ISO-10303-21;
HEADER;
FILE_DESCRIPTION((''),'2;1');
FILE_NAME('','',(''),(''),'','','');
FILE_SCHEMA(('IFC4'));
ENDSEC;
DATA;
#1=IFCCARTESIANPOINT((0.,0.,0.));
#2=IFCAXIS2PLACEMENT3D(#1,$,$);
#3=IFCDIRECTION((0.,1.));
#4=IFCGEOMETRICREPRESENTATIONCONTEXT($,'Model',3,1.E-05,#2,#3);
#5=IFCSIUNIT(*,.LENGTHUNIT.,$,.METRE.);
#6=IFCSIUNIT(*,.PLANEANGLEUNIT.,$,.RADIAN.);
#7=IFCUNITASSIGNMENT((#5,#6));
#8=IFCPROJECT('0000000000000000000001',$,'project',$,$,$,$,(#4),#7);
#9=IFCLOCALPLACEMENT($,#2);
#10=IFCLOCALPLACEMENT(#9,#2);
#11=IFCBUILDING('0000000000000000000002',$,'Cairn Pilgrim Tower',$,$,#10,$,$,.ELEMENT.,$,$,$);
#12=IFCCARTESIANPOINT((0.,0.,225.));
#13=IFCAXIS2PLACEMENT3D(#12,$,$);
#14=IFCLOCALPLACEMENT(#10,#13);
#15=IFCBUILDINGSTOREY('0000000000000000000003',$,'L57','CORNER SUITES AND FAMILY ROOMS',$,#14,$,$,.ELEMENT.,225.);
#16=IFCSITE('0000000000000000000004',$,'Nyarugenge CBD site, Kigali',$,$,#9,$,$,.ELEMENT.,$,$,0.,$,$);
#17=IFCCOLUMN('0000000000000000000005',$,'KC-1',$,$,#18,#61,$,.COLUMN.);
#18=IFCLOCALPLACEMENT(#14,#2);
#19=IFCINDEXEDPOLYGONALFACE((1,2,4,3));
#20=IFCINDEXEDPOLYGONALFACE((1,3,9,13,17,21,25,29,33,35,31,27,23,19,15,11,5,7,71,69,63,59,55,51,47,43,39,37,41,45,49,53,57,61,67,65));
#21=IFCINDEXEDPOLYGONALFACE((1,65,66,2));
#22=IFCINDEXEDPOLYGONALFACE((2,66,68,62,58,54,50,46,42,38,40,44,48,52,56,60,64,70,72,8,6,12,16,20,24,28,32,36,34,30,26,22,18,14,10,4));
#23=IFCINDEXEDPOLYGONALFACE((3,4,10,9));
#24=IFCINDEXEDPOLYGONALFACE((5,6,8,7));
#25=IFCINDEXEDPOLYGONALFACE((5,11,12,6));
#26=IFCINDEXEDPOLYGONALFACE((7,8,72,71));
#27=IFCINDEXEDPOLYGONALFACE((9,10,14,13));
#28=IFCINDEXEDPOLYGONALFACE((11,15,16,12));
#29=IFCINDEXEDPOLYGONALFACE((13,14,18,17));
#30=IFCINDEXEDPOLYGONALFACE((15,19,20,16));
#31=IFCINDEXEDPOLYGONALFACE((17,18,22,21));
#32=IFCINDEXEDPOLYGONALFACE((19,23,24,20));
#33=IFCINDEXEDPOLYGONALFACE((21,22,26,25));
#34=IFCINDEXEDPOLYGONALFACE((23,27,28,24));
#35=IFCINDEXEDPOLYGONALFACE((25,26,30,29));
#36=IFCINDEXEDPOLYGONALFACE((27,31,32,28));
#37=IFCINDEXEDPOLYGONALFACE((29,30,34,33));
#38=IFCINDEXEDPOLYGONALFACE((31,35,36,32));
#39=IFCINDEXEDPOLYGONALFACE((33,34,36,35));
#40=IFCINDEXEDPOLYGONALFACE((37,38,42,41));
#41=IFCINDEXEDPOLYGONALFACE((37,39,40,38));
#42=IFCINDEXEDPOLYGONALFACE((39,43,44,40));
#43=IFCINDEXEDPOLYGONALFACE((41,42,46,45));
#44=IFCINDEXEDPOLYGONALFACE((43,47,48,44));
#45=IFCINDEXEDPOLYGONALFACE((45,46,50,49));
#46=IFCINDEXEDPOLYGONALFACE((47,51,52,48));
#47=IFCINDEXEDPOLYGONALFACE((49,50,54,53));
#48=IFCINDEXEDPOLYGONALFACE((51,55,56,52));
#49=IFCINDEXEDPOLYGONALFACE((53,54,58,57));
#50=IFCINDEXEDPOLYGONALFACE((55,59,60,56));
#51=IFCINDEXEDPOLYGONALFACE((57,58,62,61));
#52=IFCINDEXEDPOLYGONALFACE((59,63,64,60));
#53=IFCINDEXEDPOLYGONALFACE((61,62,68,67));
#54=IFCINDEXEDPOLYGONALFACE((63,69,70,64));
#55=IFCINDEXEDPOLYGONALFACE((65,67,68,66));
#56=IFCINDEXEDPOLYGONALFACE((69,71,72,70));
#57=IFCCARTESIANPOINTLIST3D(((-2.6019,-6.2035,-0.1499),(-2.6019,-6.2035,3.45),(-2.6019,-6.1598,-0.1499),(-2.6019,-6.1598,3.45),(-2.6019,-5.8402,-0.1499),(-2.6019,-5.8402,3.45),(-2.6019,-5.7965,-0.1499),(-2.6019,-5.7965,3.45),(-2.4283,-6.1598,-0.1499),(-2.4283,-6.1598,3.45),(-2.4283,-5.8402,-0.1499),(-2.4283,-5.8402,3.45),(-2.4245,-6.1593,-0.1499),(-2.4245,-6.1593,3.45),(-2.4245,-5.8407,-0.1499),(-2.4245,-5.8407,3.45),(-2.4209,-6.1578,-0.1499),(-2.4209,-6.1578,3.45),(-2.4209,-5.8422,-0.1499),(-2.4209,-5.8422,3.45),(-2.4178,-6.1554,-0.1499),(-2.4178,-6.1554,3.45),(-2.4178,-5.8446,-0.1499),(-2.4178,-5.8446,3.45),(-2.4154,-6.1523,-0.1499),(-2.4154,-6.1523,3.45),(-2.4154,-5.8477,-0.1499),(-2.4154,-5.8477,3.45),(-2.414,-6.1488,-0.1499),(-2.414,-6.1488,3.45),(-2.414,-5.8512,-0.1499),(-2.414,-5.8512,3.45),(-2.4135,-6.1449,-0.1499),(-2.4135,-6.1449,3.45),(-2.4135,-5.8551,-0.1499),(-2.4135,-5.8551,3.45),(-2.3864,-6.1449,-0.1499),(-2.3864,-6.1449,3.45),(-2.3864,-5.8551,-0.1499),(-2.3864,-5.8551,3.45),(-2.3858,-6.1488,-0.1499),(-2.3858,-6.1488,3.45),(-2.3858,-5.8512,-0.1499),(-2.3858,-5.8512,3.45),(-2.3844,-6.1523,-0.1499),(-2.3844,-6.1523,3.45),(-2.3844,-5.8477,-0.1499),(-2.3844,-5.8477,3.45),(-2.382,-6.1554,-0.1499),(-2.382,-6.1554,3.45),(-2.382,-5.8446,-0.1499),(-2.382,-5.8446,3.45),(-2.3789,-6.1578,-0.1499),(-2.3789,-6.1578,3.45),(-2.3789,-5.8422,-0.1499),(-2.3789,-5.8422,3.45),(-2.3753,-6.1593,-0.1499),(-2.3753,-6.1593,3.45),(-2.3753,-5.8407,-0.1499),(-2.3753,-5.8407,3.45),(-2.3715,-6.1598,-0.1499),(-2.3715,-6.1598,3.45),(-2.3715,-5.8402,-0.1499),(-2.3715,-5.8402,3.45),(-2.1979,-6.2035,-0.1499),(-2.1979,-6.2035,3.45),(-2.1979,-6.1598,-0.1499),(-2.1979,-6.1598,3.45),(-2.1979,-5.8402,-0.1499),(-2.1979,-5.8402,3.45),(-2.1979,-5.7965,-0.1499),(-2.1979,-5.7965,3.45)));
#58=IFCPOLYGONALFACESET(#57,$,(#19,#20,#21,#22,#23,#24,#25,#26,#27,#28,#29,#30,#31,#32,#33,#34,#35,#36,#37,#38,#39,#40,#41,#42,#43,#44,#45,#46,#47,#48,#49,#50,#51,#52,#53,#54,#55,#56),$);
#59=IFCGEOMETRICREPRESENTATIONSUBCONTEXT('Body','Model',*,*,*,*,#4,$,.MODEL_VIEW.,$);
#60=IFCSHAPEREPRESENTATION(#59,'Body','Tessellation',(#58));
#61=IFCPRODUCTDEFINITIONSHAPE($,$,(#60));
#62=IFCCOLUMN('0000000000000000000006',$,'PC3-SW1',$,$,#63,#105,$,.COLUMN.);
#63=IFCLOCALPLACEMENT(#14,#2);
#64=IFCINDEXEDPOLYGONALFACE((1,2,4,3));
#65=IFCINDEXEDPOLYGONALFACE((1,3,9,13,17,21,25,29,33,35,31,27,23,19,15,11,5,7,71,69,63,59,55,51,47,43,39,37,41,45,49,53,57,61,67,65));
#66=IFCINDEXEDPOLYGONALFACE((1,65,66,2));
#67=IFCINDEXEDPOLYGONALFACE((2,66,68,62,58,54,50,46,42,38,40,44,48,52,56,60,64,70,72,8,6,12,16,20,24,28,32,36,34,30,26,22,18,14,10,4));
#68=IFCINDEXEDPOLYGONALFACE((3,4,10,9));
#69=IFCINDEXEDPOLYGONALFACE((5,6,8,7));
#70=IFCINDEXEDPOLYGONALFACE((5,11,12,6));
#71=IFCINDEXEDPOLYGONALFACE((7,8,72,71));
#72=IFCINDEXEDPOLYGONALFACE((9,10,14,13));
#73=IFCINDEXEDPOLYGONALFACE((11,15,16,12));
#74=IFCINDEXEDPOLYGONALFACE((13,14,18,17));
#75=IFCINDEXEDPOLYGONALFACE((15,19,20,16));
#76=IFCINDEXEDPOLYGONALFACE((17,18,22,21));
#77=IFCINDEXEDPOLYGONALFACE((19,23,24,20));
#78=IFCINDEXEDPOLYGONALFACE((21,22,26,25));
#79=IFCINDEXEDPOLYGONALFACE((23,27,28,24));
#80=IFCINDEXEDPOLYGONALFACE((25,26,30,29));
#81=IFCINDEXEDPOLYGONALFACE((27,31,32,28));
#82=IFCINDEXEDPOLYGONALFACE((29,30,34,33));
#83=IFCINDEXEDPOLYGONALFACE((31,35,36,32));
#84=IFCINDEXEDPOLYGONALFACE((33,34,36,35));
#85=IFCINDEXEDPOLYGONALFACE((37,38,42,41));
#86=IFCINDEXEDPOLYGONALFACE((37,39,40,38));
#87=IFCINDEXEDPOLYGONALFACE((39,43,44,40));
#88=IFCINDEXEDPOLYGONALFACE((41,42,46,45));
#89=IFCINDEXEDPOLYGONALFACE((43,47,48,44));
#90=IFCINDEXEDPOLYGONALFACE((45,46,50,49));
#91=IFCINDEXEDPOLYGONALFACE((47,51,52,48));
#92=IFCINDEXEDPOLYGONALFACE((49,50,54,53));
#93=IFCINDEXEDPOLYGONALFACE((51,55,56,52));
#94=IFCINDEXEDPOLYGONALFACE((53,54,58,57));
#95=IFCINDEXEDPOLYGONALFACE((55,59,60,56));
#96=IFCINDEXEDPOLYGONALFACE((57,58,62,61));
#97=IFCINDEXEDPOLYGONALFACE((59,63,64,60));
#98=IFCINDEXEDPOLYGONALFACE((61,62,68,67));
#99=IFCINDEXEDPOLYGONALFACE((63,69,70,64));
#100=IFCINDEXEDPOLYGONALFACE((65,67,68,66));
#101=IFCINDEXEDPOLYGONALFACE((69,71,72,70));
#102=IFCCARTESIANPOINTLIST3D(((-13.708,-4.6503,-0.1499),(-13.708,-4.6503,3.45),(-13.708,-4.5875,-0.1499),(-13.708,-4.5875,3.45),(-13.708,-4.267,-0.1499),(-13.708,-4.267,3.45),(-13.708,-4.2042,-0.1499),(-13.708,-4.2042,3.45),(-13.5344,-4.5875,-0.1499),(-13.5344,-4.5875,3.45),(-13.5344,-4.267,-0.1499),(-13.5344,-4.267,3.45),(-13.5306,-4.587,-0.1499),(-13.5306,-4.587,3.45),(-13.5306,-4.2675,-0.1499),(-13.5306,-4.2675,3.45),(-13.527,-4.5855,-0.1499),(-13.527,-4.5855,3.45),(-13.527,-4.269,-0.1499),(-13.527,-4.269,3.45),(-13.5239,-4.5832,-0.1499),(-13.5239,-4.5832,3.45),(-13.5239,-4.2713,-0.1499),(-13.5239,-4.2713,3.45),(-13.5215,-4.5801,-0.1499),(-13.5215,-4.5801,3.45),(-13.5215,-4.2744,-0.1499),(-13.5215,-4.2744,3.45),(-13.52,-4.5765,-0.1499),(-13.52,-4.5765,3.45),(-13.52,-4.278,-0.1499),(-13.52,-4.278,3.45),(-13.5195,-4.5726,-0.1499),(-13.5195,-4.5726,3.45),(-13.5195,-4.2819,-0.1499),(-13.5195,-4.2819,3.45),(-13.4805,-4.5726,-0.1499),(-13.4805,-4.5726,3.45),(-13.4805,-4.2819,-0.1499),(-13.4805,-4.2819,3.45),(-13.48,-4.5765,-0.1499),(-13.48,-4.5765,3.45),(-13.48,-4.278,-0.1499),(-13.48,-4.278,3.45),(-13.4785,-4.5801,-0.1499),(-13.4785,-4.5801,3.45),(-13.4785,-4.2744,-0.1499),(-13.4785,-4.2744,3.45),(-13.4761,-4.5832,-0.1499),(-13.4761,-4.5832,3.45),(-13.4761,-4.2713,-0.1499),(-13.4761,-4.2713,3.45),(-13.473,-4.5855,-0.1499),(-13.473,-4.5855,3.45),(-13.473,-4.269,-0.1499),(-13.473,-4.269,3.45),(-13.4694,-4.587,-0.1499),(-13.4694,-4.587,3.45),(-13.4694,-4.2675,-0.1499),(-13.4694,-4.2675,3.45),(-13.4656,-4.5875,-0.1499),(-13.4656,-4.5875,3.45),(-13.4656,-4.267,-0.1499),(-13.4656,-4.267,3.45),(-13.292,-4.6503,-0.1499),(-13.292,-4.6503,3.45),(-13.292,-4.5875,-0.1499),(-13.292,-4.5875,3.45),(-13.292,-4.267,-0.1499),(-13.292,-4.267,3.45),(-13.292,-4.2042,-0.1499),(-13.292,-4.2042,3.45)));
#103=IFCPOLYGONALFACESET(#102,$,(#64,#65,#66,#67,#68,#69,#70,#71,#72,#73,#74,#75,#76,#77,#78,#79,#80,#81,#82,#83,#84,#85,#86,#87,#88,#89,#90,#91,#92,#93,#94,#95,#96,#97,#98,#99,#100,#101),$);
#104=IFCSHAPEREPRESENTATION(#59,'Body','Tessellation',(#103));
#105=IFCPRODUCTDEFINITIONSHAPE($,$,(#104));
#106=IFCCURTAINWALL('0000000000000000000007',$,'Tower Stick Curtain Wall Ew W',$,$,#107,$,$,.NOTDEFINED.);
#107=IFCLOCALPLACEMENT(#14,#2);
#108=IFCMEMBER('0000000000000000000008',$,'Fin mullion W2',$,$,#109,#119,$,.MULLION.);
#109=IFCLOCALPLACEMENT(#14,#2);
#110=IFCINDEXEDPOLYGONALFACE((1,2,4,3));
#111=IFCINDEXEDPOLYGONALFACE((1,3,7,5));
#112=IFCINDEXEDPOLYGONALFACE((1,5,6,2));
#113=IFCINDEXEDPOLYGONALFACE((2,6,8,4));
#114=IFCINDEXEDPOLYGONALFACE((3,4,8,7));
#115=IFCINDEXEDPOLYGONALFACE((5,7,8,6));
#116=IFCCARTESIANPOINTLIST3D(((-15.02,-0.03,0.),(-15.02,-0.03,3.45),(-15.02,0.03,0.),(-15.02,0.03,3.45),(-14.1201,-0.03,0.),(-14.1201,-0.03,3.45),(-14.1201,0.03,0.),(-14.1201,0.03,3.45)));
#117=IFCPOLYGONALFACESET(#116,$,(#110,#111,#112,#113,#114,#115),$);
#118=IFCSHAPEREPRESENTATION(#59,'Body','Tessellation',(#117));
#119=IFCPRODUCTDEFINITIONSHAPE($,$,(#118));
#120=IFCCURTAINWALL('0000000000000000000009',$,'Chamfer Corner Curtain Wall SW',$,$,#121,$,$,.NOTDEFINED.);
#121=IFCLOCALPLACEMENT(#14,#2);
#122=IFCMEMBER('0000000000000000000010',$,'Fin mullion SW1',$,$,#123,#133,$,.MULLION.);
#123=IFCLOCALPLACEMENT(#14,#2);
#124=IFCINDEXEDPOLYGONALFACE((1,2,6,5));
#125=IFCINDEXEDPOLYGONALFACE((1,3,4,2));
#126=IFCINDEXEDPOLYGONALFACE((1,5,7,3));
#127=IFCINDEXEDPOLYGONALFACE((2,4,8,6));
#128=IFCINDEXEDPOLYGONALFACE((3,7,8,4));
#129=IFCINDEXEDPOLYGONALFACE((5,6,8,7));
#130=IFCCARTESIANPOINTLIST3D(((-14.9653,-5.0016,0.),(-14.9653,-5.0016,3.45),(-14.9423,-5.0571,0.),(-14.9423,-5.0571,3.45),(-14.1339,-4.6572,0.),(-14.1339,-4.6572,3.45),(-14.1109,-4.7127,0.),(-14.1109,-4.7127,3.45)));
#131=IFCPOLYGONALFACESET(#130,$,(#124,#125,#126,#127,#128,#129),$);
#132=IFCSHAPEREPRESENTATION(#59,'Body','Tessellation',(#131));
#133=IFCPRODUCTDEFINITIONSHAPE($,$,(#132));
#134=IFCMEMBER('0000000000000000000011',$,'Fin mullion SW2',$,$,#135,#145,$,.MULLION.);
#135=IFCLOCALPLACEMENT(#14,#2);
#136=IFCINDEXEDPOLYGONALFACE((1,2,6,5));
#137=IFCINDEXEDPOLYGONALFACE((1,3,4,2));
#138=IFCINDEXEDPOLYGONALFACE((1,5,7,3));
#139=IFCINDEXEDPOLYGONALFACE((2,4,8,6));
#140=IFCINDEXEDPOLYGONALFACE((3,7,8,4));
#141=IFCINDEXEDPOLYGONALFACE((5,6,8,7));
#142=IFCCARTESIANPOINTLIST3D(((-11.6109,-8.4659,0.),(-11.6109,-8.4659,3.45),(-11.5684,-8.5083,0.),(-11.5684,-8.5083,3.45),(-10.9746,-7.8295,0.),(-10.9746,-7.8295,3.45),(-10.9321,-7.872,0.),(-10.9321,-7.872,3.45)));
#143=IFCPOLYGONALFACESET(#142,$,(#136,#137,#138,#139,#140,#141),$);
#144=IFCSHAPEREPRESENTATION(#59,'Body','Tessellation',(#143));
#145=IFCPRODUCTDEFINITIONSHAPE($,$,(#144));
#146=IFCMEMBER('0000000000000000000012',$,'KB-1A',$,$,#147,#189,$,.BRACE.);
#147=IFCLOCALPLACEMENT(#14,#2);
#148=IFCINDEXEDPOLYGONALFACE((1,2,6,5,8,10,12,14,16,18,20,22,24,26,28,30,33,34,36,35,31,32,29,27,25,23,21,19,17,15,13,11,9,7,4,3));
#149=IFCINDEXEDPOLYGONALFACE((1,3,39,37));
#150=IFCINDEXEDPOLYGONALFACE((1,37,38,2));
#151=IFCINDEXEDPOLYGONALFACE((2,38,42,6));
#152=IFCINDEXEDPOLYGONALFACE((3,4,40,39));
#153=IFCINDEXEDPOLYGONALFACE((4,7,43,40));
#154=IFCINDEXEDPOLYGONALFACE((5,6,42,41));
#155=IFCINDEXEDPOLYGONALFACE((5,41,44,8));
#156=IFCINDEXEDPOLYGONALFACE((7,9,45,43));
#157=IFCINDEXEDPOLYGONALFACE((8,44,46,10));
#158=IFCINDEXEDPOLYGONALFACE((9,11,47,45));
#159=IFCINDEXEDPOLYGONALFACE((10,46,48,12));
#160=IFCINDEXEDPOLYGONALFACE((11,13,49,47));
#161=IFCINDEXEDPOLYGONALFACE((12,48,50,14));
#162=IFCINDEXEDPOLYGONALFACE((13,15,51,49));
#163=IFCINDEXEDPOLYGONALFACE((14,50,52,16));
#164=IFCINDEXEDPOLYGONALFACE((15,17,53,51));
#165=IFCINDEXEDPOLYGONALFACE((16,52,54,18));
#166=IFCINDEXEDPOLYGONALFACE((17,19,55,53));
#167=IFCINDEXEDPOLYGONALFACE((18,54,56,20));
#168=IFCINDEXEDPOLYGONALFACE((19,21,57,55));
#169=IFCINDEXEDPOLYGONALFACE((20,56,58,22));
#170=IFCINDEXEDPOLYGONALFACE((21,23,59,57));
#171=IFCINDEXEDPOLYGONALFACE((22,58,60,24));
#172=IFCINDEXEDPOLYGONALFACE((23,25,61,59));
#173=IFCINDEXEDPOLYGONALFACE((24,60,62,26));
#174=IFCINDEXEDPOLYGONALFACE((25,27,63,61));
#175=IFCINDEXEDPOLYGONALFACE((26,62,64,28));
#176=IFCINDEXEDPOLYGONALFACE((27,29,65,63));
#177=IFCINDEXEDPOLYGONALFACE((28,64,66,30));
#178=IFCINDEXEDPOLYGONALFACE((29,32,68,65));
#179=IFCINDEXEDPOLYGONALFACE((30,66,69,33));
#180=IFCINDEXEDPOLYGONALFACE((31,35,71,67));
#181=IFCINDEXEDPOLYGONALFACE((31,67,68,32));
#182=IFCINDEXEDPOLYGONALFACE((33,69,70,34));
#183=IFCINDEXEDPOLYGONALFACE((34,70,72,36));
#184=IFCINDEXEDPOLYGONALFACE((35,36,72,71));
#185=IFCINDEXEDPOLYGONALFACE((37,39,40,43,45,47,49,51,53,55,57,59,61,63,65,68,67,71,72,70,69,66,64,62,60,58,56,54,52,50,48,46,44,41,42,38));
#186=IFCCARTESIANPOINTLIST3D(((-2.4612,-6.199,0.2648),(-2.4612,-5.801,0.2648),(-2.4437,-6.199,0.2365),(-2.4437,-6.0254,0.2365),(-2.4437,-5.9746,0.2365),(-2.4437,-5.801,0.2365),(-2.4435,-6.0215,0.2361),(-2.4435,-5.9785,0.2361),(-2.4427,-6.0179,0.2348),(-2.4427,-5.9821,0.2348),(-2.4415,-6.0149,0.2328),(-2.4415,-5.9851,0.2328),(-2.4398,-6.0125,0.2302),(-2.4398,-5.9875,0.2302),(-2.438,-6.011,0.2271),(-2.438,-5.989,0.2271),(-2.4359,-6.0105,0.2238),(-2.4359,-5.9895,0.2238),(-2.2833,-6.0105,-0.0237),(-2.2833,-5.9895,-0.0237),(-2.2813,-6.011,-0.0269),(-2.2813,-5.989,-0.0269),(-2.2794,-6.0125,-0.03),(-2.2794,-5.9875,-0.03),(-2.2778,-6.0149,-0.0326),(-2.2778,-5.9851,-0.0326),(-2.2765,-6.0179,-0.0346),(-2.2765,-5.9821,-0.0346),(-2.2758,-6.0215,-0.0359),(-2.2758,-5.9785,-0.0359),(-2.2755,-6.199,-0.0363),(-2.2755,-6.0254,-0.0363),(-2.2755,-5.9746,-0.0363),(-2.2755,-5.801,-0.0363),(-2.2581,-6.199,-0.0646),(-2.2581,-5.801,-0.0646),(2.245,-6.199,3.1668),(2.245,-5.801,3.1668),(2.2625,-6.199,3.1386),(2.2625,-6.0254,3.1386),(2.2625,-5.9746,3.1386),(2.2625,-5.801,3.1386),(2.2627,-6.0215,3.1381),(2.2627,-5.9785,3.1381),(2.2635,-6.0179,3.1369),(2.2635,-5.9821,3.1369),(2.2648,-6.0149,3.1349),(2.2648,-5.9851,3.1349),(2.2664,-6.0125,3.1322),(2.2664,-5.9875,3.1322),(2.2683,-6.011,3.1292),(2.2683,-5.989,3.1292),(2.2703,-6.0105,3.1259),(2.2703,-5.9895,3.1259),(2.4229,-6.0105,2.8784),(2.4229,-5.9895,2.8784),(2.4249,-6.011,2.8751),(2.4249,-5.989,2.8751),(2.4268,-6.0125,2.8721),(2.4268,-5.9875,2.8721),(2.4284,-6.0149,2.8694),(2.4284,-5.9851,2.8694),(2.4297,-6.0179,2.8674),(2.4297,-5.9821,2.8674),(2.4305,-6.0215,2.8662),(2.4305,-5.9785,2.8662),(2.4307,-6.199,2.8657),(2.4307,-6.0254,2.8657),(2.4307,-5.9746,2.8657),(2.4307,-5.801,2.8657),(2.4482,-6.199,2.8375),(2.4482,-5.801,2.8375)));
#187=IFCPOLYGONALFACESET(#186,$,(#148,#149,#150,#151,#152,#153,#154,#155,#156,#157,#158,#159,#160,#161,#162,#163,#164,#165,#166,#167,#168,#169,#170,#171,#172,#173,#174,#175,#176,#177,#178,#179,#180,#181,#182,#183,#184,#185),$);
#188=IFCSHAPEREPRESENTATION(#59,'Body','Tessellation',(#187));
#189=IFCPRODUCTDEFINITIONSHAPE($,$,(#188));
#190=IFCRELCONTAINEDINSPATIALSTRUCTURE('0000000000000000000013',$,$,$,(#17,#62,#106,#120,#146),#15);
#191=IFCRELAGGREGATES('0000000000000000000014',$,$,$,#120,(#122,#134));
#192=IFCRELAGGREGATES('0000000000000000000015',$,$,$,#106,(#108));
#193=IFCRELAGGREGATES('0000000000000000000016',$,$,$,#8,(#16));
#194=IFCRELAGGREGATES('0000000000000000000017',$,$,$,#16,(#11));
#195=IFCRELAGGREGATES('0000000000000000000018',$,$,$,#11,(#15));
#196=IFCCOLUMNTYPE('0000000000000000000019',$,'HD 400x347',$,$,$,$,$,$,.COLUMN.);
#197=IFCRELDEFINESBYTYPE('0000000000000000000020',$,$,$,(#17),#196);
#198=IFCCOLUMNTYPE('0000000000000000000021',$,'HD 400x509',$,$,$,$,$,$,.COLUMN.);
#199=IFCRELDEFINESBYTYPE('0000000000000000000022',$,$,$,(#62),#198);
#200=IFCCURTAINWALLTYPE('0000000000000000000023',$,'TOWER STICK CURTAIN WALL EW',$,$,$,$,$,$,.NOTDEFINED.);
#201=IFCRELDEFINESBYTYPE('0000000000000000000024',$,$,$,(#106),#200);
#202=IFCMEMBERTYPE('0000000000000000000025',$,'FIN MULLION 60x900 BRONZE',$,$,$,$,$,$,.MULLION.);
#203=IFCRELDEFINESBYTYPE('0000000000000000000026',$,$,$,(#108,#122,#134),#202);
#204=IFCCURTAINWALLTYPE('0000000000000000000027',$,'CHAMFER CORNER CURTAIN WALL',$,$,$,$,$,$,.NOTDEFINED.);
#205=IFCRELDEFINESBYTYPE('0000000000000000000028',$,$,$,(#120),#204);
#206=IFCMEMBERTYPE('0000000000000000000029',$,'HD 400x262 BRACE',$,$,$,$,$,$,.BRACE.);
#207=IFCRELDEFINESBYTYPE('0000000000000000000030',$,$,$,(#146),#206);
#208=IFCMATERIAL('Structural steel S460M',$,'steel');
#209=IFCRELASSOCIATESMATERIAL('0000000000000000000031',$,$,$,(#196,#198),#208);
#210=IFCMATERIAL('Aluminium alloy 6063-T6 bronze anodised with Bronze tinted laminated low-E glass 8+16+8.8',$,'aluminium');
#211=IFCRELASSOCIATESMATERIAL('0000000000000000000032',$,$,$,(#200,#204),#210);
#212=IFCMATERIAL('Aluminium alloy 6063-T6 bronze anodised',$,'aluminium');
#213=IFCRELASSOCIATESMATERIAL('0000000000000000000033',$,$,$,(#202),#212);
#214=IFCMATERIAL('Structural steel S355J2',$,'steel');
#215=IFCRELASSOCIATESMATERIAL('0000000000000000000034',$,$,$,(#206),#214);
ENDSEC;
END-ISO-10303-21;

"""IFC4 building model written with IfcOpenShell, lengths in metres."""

from ifc_helpers import new_model, si_unit, direction, frame, origin, origin_2d, place, context, subcontext, project, spatial, rectangle, i_section, extrude, material, material_profile, profile_set, type_object, element, aggregate, save


model = new_model("IFC4")

# Units and contexts
model_context = context("Model", 3, precision=1e-05, world=origin(), true_north=direction((0.0, 1.0)))
body_context = subcontext(model_context, "Body", "Model", "MODEL_VIEW")
ifc_project = project(units=[si_unit("LENGTHUNIT", "METRE"), si_unit("PLANEANGLEUNIT", "RADIAN")], contexts=[model_context])

# Site, building, storey
site_placement = place(None, origin())
site = spatial("IfcSite", under=ifc_project, at=site_placement, Name="Nyarugenge CBD site, Kigali", CompositionType="ELEMENT", RefElevation=0.0)
building_placement = place(site_placement, origin())
building = spatial("IfcBuilding", under=site, at=building_placement, Name="Cairn Pilgrim Tower", CompositionType="ELEMENT")
storey_placement = place(building_placement, frame((0.0, 0.0, 225.0)))
storey = spatial("IfcBuildingStorey", under=building, at=storey_placement, Name="L57", Description="CORNER SUITES AND FAMILY ROOMS", CompositionType="ELEMENT", Elevation=225.0)

# Columns
ifc_material_1 = material(Name="Structural steel S460M", Category="steel")
ifc_material_profile_1 = material_profile(ifc_material_1, i_section(OverallWidth=0.4041, OverallDepth=0.407, WebThickness=0.0271, FlangeThickness=0.0437, FilletRadius=0.0149, at=origin_2d()), Name="HD 400x347")
ifc_profile_set_1 = profile_set([ifc_material_profile_1], Name="Structural steel S460M")
column_type_1 = type_object("IfcColumnType", Name="HD 400x347", PredefinedType="COLUMN", material=ifc_profile_set_1)
column_1_placement = place(storey_placement, frame((-2.3999, -6.0, -0.1499), z_axis=(0.0, 0.0, 1.0), x_axis=(1.0, 0.0, 0.0)))
element("IfcColumn", 1, at=column_1_placement, inside=storey, type_object=column_type_1, Name="KC-1", PredefinedType="COLUMN", context=body_context, shape_type="SweptSolid", body=[
    extrude(i_section(OverallWidth=0.4041, OverallDepth=0.407, WebThickness=0.0271, FlangeThickness=0.0437, FilletRadius=0.0149, at=origin_2d()), origin(), (0.0, 0.0, 1.0), 3.5999),
])
ifc_material_profile_2 = material_profile(ifc_material_1, i_section(OverallWidth=0.416, OverallDepth=0.446, WebThickness=0.0391, FlangeThickness=0.0627, FilletRadius=0.0149, at=origin_2d()), Name="HD 400x509")
ifc_profile_set_2 = profile_set([ifc_material_profile_2], Name="Structural steel S460M")
column_type_2 = type_object("IfcColumnType", Name="HD 400x509", PredefinedType="COLUMN", material=ifc_profile_set_2)
column_2_placement = place(storey_placement, frame((-13.5, -4.4272, -0.1499), z_axis=(0.0, 0.0, 1.0), x_axis=(1.0, 0.0, 0.0)))
element("IfcColumn", 2, at=column_2_placement, inside=storey, type_object=column_type_2, Name="PC3-SW1", PredefinedType="COLUMN", context=body_context, shape_type="SweptSolid", body=[
    extrude(i_section(OverallWidth=0.416, OverallDepth=0.446, WebThickness=0.0391, FlangeThickness=0.0627, FilletRadius=0.0149, at=origin_2d()), origin(), (0.0, 0.0, 1.0), 3.5999),
])

# Curtain wall, member
ifc_material_2 = material(Name="Aluminium alloy 6063-T6 bronze anodised with Bronze tinted laminated low-E glass 8+16+8.8", Category="aluminium")
curtain_wall_type_1 = type_object("IfcCurtainWallType", Name="TOWER STICK CURTAIN WALL EW", PredefinedType="NOTDEFINED", material=ifc_material_2)
curtain_wall_1_placement = place(storey_placement, origin())
curtain_wall_1 = element("IfcCurtainWall", 3, at=curtain_wall_1_placement, inside=storey, type_object=curtain_wall_type_1, Name="Tower Stick Curtain Wall Ew W", PredefinedType="NOTDEFINED")
ifc_material_3 = material(Name="Aluminium alloy 6063-T6 bronze anodised", Category="aluminium")
ifc_material_profile_3 = material_profile(ifc_material_3, rectangle(XDim=0.8999, YDim=0.0601, at=origin_2d()), Name="FIN MULLION 60x900 BRONZE")
ifc_profile_set_3 = profile_set([ifc_material_profile_3], Name="Aluminium alloy 6063-T6 bronze anodised")
member_type_1 = type_object("IfcMemberType", Name="FIN MULLION 60x900 BRONZE", PredefinedType="MULLION", material=ifc_profile_set_3)
member_1_placement = place(storey_placement, frame((-14.5701, 0.0, 0.0), z_axis=(0.0, 0.0, 1.0), x_axis=(-1.0, 0.0, 0.0)))
member_1 = element("IfcMember", 4, at=member_1_placement, type_object=member_type_1, Name="Fin mullion W2", PredefinedType="MULLION", context=body_context, shape_type="SweptSolid", body=[
    extrude(rectangle(XDim=0.8999, YDim=0.0601, at=origin_2d()), origin(), (0.0, 0.0, 1.0), 3.45),
])

# Curtain wall, members
curtain_wall_type_2 = type_object("IfcCurtainWallType", Name="CHAMFER CORNER CURTAIN WALL", PredefinedType="NOTDEFINED", material=ifc_material_2)
curtain_wall_2_placement = place(storey_placement, origin())
curtain_wall_2 = element("IfcCurtainWall", 5, at=curtain_wall_2_placement, inside=storey, type_object=curtain_wall_type_2, Name="Chamfer Corner Curtain Wall SW", PredefinedType="NOTDEFINED")
member_2_placement = place(storey_placement, frame((-14.5381, -4.8572, 0.0), z_axis=(0.0, 0.0, 1.0), x_axis=(-0.92388, -0.382683, 0.0)))
member_2 = element("IfcMember", 6, at=member_2_placement, type_object=member_type_1, Name="Fin mullion SW1", PredefinedType="MULLION", context=body_context, shape_type="SweptSolid", body=[
    extrude(rectangle(XDim=0.8999, YDim=0.0601, at=origin_2d()), origin(), (0.0, 0.0, 1.0), 3.45),
])
member_3_placement = place(storey_placement, frame((-11.2715, -8.1689, 0.0), z_axis=(0.0, 0.0, 1.0), x_axis=(-0.707107, -0.707107, 0.0)))
member_3 = element("IfcMember", 7, at=member_3_placement, type_object=member_type_1, Name="Fin mullion SW2", PredefinedType="MULLION", context=body_context, shape_type="SweptSolid", body=[
    extrude(rectangle(XDim=0.8999, YDim=0.0601, at=origin_2d()), origin(), (0.0, 0.0, 1.0), 3.45),
])

# Member
ifc_material_4 = material(Name="Structural steel S355J2", Category="steel")
ifc_material_profile_4 = material_profile(ifc_material_4, i_section(OverallWidth=0.3979, OverallDepth=0.387, WebThickness=0.021, FlangeThickness=0.0332, FilletRadius=0.0149, at=origin_2d()), Name="HD 400x262")
ifc_profile_set_4 = profile_set([ifc_material_profile_4], Name="Structural steel S355J2")
member_type_2 = type_object("IfcMemberType", Name="HD 400x262 BRACE", PredefinedType="BRACE", material=ifc_profile_set_4)
member_4_placement = place(storey_placement, frame((-2.3596, -6.0, 0.1001), z_axis=(0.85118, 0.0, 0.524873), x_axis=(0.0, 1.0, 0.0)))
element("IfcMember", 8, at=member_4_placement, inside=storey, type_object=member_type_2, Name="KB-1A", PredefinedType="BRACE", context=body_context, shape_type="SweptSolid", body=[
    extrude(i_section(OverallWidth=0.3979, OverallDepth=0.387, WebThickness=0.021, FlangeThickness=0.0332, FilletRadius=0.0149, at=origin_2d()), origin(), (0.0, 0.0, 1.0), 5.5291),
])

aggregate(curtain_wall_2, [member_2, member_3])
aggregate(curtain_wall_1, [member_1])

save(model, "model.ifc")
